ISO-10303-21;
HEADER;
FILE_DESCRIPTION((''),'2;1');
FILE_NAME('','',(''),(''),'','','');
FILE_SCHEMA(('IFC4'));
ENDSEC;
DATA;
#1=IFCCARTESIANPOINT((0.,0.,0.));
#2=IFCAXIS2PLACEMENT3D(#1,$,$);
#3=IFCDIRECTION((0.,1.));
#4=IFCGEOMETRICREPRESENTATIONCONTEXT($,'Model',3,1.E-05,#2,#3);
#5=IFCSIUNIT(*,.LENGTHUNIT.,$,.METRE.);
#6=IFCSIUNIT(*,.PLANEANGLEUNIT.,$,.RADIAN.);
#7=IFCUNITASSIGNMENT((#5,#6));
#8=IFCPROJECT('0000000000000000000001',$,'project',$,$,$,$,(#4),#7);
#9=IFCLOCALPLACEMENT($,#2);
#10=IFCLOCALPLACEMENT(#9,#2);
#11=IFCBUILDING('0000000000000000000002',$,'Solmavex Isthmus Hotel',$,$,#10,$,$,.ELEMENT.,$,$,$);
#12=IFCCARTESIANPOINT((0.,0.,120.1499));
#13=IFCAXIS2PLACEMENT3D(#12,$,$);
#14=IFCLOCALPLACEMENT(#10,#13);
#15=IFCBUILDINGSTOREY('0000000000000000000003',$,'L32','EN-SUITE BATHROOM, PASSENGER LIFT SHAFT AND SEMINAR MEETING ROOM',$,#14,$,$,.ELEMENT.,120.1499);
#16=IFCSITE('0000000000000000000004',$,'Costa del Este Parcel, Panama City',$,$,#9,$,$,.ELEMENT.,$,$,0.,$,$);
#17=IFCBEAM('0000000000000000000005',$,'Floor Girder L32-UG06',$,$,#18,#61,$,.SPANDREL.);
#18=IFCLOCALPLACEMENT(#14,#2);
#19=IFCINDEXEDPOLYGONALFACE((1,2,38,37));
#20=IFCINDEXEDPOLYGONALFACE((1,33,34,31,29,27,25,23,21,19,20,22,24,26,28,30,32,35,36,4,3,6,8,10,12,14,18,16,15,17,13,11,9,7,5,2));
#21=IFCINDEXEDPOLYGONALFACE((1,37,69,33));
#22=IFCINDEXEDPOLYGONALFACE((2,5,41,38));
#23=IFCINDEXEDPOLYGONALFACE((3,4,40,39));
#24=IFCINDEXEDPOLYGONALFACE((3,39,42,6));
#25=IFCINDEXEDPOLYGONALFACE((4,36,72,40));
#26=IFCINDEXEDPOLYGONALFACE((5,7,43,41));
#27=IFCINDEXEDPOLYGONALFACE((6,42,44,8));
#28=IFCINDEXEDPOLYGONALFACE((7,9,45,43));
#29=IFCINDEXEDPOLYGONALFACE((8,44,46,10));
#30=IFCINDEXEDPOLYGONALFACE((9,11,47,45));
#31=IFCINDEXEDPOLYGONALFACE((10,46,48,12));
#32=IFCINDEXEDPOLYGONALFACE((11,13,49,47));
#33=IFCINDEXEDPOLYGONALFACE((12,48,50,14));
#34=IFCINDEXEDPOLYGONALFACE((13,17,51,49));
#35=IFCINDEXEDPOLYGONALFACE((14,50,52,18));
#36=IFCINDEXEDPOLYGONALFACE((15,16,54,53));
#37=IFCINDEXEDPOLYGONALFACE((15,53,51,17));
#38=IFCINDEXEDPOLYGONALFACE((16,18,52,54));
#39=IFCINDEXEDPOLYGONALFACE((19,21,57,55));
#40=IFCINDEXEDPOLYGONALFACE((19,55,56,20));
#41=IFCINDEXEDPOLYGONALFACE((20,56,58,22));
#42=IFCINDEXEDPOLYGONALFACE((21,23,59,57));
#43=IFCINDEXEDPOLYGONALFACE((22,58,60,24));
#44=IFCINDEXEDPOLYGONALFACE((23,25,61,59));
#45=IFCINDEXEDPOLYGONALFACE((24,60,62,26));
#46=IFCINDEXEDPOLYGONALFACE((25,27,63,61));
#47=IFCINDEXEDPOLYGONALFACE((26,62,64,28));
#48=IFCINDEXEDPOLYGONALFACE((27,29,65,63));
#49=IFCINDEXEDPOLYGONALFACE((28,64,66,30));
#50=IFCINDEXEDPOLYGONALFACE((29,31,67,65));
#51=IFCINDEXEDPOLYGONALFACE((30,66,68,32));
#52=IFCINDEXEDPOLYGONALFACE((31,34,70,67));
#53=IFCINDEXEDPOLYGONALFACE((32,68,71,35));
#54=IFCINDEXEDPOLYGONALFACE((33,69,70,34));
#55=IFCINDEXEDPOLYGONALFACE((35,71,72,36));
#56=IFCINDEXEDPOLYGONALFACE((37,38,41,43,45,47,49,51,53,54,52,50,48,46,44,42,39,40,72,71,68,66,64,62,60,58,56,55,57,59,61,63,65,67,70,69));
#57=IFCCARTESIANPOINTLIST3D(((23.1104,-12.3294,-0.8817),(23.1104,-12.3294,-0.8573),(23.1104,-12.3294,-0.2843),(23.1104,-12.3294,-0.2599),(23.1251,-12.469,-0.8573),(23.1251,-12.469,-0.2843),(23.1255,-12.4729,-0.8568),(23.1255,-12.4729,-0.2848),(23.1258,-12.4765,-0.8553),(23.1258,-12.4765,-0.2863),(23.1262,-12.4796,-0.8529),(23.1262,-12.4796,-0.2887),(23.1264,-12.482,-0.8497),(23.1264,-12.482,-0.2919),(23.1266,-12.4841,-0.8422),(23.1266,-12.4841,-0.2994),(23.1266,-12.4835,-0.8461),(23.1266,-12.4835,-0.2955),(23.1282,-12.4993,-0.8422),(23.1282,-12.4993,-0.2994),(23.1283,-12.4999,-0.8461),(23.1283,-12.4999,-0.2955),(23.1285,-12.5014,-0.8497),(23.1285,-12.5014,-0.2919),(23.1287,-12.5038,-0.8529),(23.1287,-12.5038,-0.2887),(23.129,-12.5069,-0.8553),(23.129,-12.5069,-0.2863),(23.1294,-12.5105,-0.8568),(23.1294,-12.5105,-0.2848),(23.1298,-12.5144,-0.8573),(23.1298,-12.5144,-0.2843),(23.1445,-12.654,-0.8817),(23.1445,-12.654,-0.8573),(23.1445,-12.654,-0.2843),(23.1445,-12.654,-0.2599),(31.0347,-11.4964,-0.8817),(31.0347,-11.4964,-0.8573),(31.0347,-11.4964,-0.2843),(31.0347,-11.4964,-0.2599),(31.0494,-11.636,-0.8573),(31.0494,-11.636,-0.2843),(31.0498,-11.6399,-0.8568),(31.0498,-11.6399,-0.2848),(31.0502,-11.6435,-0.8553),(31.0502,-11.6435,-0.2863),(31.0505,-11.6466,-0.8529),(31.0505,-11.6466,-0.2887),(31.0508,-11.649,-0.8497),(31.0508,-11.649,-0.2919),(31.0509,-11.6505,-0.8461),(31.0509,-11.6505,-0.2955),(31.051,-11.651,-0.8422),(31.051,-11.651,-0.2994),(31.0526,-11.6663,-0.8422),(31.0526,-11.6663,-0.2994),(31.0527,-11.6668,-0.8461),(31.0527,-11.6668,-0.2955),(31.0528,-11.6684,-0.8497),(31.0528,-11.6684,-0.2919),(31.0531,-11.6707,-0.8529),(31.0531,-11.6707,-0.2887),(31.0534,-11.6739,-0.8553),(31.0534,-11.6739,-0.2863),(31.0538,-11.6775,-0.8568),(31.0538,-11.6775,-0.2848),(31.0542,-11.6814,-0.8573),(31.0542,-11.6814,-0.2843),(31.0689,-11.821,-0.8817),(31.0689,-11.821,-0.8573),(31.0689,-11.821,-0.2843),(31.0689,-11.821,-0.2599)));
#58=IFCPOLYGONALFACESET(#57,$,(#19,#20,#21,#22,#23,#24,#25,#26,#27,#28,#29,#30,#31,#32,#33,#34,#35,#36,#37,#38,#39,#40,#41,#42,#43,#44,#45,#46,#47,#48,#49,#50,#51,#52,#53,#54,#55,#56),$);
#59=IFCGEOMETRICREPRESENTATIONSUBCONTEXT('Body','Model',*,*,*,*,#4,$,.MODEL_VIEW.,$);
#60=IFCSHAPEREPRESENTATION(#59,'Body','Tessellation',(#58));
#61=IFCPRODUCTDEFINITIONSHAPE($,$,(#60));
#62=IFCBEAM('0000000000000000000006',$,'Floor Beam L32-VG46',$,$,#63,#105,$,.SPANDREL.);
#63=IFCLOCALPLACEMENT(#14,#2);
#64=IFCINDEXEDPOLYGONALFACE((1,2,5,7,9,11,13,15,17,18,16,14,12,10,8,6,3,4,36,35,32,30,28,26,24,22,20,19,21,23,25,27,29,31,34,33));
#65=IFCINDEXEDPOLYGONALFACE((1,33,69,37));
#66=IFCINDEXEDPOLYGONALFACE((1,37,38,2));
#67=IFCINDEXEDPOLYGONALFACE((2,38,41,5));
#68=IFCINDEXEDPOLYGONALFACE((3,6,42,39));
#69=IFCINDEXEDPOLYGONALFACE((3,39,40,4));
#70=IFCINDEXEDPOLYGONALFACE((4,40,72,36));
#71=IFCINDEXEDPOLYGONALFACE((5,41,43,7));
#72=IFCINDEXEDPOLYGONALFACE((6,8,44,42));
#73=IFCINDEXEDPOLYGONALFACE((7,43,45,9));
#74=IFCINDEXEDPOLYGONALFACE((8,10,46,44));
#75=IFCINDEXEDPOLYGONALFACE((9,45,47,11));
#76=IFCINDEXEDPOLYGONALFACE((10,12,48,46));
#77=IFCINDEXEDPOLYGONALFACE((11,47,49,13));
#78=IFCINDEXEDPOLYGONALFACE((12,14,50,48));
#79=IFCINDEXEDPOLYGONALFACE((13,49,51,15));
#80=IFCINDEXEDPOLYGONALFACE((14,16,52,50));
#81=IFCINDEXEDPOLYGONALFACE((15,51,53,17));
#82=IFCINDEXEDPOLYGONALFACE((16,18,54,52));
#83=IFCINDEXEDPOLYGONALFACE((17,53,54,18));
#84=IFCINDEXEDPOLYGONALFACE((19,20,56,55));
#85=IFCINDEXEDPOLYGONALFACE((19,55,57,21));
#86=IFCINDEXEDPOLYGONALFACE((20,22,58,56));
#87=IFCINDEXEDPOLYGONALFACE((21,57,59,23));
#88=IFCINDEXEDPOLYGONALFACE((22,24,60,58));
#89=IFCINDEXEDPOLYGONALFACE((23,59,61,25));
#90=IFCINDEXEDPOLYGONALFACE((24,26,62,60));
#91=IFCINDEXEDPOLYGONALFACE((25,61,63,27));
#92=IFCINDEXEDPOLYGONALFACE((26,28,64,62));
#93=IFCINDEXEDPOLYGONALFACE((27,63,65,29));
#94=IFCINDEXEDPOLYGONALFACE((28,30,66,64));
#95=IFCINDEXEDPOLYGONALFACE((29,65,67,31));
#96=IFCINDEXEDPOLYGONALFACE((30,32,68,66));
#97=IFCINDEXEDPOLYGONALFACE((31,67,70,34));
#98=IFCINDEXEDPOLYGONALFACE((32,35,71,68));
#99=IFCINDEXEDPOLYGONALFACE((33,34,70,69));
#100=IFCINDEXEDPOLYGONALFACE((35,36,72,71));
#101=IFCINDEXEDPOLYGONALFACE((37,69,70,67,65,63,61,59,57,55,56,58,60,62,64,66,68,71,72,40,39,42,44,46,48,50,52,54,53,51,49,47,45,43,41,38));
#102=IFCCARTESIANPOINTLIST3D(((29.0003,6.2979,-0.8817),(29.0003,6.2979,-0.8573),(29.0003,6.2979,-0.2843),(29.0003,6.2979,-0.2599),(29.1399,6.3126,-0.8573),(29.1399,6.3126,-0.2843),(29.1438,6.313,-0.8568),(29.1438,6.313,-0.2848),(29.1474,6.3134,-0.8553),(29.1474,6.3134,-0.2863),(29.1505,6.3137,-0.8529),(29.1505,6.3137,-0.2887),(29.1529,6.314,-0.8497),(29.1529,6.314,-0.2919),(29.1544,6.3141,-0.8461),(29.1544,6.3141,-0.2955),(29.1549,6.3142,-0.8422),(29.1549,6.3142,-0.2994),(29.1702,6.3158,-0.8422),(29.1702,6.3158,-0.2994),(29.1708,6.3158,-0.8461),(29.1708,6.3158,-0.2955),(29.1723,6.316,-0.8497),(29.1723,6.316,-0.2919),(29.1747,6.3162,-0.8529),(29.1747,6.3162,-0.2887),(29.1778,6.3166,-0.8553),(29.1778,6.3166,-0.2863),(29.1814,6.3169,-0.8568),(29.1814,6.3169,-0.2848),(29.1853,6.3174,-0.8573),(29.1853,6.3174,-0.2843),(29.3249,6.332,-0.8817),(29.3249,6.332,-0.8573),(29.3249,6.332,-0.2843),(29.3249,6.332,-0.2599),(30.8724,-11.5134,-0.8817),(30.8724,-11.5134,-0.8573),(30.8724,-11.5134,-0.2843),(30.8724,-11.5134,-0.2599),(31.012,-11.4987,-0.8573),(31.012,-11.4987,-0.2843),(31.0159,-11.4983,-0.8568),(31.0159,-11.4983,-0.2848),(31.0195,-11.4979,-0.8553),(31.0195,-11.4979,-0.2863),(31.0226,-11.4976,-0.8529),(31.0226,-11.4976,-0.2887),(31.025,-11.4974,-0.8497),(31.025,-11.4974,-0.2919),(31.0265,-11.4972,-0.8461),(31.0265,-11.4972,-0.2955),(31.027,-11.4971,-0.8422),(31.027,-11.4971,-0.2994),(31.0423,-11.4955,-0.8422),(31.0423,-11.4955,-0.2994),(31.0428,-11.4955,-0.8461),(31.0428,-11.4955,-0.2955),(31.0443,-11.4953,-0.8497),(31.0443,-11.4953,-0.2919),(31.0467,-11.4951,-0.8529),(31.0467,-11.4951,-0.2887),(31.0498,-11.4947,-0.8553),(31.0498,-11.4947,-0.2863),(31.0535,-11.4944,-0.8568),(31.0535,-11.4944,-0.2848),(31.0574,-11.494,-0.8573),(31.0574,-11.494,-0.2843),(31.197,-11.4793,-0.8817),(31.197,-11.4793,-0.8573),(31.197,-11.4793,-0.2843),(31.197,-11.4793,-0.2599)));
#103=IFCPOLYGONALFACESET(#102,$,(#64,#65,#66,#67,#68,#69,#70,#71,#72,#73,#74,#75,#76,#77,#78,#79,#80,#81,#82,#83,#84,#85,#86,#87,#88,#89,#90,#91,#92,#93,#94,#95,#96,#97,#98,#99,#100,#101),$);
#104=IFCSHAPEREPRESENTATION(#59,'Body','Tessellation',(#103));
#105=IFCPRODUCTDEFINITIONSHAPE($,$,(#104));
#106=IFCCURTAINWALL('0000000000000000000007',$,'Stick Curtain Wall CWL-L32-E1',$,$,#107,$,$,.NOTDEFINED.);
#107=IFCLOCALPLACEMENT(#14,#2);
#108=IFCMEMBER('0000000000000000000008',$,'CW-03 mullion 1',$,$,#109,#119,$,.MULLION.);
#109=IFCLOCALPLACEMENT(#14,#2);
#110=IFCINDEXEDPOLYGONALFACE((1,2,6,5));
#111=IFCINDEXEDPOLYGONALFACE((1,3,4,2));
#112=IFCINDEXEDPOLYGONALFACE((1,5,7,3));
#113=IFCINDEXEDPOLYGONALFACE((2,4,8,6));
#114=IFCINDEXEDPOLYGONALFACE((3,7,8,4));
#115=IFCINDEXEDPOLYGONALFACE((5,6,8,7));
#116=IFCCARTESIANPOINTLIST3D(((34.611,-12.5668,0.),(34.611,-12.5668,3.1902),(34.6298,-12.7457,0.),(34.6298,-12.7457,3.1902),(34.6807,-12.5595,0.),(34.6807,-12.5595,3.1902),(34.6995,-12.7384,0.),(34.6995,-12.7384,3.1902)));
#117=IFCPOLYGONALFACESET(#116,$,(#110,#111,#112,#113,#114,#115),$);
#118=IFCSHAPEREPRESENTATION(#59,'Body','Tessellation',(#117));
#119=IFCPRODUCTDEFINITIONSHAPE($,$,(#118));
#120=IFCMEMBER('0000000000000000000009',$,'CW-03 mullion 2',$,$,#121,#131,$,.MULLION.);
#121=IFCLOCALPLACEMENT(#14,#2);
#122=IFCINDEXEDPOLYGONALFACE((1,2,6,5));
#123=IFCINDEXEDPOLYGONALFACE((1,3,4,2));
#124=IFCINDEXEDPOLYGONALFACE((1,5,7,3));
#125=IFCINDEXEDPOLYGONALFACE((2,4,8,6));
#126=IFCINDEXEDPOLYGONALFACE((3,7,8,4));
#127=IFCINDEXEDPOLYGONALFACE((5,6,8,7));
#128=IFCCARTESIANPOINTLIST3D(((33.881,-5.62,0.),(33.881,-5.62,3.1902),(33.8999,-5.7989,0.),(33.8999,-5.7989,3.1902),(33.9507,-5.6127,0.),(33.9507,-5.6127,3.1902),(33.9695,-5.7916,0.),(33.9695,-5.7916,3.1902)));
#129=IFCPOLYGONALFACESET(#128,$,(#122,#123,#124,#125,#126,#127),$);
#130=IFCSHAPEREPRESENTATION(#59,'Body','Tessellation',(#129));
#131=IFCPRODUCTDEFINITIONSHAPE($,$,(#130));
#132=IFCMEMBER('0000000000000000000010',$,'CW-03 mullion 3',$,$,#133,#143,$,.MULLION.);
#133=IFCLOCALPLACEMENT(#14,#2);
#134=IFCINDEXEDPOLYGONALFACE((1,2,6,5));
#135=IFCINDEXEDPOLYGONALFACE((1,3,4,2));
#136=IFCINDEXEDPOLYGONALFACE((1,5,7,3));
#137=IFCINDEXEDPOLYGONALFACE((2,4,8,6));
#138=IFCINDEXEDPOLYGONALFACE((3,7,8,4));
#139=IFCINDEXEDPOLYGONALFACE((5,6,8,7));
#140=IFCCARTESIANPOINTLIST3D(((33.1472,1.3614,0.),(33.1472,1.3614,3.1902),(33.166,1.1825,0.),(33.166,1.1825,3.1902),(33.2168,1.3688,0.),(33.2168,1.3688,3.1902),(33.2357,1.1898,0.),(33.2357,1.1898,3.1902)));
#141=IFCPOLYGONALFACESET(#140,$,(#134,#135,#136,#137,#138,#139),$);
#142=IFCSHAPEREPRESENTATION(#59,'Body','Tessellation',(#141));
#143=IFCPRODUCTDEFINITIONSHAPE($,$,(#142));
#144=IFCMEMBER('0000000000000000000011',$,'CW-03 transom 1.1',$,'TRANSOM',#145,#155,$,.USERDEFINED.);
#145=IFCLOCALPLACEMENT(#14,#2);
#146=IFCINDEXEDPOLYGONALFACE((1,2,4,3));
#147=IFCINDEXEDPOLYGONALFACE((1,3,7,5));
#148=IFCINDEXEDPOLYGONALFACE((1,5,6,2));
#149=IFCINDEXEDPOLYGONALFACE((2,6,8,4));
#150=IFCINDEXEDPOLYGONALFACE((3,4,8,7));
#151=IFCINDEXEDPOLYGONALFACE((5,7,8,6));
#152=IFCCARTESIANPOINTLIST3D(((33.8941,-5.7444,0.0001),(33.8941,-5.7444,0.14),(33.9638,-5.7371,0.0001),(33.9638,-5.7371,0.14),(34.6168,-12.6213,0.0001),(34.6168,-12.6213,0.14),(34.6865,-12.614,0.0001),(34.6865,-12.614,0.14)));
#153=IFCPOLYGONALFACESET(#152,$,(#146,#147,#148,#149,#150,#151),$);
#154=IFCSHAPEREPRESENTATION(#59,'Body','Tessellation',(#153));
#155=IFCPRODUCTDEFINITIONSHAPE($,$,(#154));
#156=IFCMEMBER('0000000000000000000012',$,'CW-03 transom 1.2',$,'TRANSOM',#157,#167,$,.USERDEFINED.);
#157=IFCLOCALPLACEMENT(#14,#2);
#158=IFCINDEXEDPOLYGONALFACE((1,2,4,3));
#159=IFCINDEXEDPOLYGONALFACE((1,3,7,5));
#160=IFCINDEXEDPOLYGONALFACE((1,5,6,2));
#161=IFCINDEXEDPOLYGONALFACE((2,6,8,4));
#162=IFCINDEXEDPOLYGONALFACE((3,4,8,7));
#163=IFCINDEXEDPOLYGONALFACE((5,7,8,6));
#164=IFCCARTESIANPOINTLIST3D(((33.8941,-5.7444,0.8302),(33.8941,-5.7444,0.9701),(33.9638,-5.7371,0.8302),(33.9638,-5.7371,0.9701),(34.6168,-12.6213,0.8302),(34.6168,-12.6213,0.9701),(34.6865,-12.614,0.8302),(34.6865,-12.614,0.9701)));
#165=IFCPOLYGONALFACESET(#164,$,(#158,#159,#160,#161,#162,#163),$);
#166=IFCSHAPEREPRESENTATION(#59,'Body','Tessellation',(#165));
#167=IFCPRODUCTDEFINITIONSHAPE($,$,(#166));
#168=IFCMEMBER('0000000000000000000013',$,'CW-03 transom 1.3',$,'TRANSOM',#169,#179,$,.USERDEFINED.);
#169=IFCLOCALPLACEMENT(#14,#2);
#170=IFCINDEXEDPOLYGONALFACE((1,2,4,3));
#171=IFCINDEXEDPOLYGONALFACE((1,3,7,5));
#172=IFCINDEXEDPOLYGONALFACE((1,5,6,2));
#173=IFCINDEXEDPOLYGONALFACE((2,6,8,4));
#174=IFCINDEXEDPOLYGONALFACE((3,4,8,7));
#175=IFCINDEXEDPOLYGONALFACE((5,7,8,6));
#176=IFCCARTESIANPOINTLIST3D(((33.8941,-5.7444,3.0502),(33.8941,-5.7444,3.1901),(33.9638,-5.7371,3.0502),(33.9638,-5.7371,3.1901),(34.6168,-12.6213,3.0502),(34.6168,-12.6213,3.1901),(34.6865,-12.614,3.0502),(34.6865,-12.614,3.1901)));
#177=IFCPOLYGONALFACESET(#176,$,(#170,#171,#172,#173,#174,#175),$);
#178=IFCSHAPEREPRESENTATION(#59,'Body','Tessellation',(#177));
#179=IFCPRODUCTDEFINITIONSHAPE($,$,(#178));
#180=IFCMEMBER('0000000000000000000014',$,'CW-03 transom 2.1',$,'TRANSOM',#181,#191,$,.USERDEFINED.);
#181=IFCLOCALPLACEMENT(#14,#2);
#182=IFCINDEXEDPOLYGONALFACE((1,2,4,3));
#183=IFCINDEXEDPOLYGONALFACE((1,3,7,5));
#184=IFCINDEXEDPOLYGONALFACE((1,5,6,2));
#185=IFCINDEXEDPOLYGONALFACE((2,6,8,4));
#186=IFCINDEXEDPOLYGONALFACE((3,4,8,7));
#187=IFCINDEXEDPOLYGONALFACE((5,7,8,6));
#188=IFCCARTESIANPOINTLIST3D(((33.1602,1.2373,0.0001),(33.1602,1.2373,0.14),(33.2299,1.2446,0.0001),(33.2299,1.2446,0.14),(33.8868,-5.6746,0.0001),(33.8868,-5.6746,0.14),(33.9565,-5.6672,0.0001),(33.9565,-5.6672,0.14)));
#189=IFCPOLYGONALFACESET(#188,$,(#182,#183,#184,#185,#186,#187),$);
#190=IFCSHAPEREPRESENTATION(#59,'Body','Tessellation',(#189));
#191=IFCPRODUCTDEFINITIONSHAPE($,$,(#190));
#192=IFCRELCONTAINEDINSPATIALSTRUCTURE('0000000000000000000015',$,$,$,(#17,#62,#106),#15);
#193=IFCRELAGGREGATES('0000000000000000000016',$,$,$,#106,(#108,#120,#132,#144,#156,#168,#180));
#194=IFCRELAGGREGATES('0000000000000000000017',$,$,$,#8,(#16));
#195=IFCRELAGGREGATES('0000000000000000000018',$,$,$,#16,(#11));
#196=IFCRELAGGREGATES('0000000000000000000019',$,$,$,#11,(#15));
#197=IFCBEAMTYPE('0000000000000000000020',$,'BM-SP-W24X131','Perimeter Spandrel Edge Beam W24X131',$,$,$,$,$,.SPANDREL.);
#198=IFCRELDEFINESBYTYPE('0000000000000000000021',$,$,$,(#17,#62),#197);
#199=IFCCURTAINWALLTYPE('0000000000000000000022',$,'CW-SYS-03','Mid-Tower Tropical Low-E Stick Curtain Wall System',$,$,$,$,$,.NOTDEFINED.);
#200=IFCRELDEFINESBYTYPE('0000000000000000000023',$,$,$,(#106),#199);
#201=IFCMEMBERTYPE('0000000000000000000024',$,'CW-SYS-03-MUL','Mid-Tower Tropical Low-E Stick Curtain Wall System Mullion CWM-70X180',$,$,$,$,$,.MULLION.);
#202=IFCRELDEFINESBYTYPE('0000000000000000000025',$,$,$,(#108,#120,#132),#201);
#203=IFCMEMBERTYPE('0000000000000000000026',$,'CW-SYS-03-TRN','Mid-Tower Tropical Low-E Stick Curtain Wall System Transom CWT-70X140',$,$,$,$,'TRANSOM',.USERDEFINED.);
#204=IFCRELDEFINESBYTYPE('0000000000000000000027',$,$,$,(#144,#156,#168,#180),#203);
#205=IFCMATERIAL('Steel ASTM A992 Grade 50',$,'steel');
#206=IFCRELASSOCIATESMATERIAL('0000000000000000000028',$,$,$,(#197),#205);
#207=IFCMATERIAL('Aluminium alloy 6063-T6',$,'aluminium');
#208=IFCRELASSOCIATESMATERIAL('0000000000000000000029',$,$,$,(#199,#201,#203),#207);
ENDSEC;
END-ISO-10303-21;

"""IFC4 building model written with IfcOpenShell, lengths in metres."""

from ifc_helpers import new_model, si_unit, direction, frame, origin, origin_2d, place, context, subcontext, project, spatial, rectangle, i_section, extrude, material, material_profile, profile_set, type_object, element, aggregate, save


model = new_model("IFC4")

# Units and contexts
model_context = context("Model", 3, precision=1e-05, world=origin(), true_north=direction((0.0, 1.0)))
body_context = subcontext(model_context, "Body", "Model", "MODEL_VIEW")
ifc_project = project(units=[si_unit("LENGTHUNIT", "METRE"), si_unit("PLANEANGLEUNIT", "RADIAN")], contexts=[model_context])

# Site, building, storey
site_placement = place(None, origin())
site = spatial("IfcSite", under=ifc_project, at=site_placement, Name="Costa del Este Parcel, Panama City", CompositionType="ELEMENT", RefElevation=0.0)
building_placement = place(site_placement, origin())
building = spatial("IfcBuilding", under=site, at=building_placement, Name="Solmavex Isthmus Hotel", CompositionType="ELEMENT")
storey_placement = place(building_placement, frame((0.0, 0.0, 120.1499)))
storey = spatial("IfcBuildingStorey", under=building, at=storey_placement, Name="L32", Description="EN-SUITE BATHROOM, PASSENGER LIFT SHAFT AND SEMINAR MEETING ROOM", CompositionType="ELEMENT", Elevation=120.1499)

# Beams
ifc_material_1 = material(Name="Steel ASTM A992 Grade 50", Category="steel")
ifc_material_profile_1 = material_profile(ifc_material_1, i_section(OverallWidth=0.3264, OverallDepth=0.6218, WebThickness=0.0154, FlangeThickness=0.0244, FilletRadius=0.0151, at=origin_2d()), Name="W24X131")
ifc_profile_set_1 = profile_set([ifc_material_profile_1], Name="Steel ASTM A992 Grade 50")
beam_type_1 = type_object("IfcBeamType", Name="BM-SP-W24X131", Description="Perimeter Spandrel Edge Beam W24X131", PredefinedType="SPANDREL", material=ifc_profile_set_1)
beam_1_placement = place(storey_placement, frame((23.1274, -12.4917, -0.5708), z_axis=(0.99452, 0.104544, 0.0), x_axis=(-0.104544, 0.99452, 0.0)))
element("IfcBeam", 1, at=beam_1_placement, inside=storey, type_object=beam_type_1, Name="Floor Girder L32-UG06", PredefinedType="SPANDREL", context=body_context, shape_type="SweptSolid", body=[
    extrude(i_section(OverallWidth=0.3264, OverallDepth=0.6218, WebThickness=0.0154, FlangeThickness=0.0244, FilletRadius=0.0151, at=origin_2d()), origin(), (0.0, 0.0, 1.0), 7.968),
])
beam_2_placement = place(storey_placement, frame((31.0347, -11.4963, -0.5708), z_axis=(-0.10453, 0.994522, 0.0), x_axis=(-0.994522, -0.10453, 0.0)))
element("IfcBeam", 2, at=beam_2_placement, inside=storey, type_object=beam_type_1, Name="Floor Beam L32-VG46", PredefinedType="SPANDREL", context=body_context, shape_type="SweptSolid", body=[
    extrude(i_section(OverallWidth=0.3264, OverallDepth=0.6218, WebThickness=0.0154, FlangeThickness=0.0244, FilletRadius=0.0151, at=origin_2d()), origin(), (0.0, 0.0, 1.0), 17.9094),
])

# Curtain wall, members
ifc_material_2 = material(Name="Aluminium alloy 6063-T6", Category="aluminium")
curtain_wall_type = type_object("IfcCurtainWallType", Name="CW-SYS-03", Description="Mid-Tower Tropical Low-E Stick Curtain Wall System", PredefinedType="NOTDEFINED", material=ifc_material_2)
curtain_wall_placement = place(storey_placement, origin())
curtain_wall = element("IfcCurtainWall", 3, at=curtain_wall_placement, inside=storey, type_object=curtain_wall_type, Name="Stick Curtain Wall CWL-L32-E1", PredefinedType="NOTDEFINED")
ifc_material_profile_2 = material_profile(ifc_material_2, rectangle(XDim=0.0701, YDim=0.1799, at=origin_2d()), Name="CWM-70X180")
ifc_profile_set_2 = profile_set([ifc_material_profile_2], Name="Aluminium alloy 6063-T6")
member_type_1 = type_object("IfcMemberType", Name="CW-SYS-03-MUL", Description="Mid-Tower Tropical Low-E Stick Curtain Wall System Mullion CWM-70X180", PredefinedType="MULLION", material=ifc_profile_set_2)
member_1_placement = place(storey_placement, frame((34.6553, -12.6526, 0.0), z_axis=(0.0, 0.0, 1.0), x_axis=(-0.994522, -0.104528, 0.0)))
member_1 = element("IfcMember", 4, at=member_1_placement, type_object=member_type_1, Name="CW-03 mullion 1", PredefinedType="MULLION", context=body_context, shape_type="SweptSolid", body=[
    extrude(rectangle(XDim=0.0701, YDim=0.1799, at=origin_2d()), origin(), (0.0, 0.0, 1.0), 3.1902),
])
member_2_placement = place(storey_placement, frame((33.9253, -5.7058, 0.0), z_axis=(0.0, 0.0, 1.0), x_axis=(-0.994522, -0.104528, 0.0)))
member_2 = element("IfcMember", 5, at=member_2_placement, type_object=member_type_1, Name="CW-03 mullion 2", PredefinedType="MULLION", context=body_context, shape_type="SweptSolid", body=[
    extrude(rectangle(XDim=0.0701, YDim=0.1799, at=origin_2d()), origin(), (0.0, 0.0, 1.0), 3.1902),
])
member_3_placement = place(storey_placement, frame((33.1914, 1.2756, 0.0), z_axis=(0.0, 0.0, 1.0), x_axis=(-0.994522, -0.104528, 0.0)))
member_3 = element("IfcMember", 6, at=member_3_placement, type_object=member_type_1, Name="CW-03 mullion 3", PredefinedType="MULLION", context=body_context, shape_type="SweptSolid", body=[
    extrude(rectangle(XDim=0.0701, YDim=0.1799, at=origin_2d()), origin(), (0.0, 0.0, 1.0), 3.1902),
])
ifc_material_profile_3 = material_profile(ifc_material_2, rectangle(XDim=0.0701, YDim=0.1399, at=origin_2d()), Name="CWT-70X140")
ifc_profile_set_3 = profile_set([ifc_material_profile_3], Name="Aluminium alloy 6063-T6")
member_type_2 = type_object("IfcMemberType", Name="CW-SYS-03-TRN", Description="Mid-Tower Tropical Low-E Stick Curtain Wall System Transom CWT-70X140", ElementType="TRANSOM", PredefinedType="USERDEFINED", material=ifc_profile_set_3)
member_4_placement = place(storey_placement, frame((34.6516, -12.6177, 0.0701), z_axis=(-0.104508, 0.994524, 0.0), x_axis=(-0.994524, -0.104508, 0.0)))
member_4 = element("IfcMember", 7, at=member_4_placement, type_object=member_type_2, Name="CW-03 transom 1.1", ObjectType="TRANSOM", PredefinedType="USERDEFINED", context=body_context, shape_type="SweptSolid", body=[
    extrude(rectangle(XDim=0.0701, YDim=0.1399, at=origin_2d()), origin(), (0.0, 0.0, 1.0), 6.9148),
])
member_5_placement = place(storey_placement, frame((34.6516, -12.6177, 0.9001), z_axis=(-0.104508, 0.994524, 0.0), x_axis=(-0.994524, -0.104508, 0.0)))
member_5 = element("IfcMember", 8, at=member_5_placement, type_object=member_type_2, Name="CW-03 transom 1.2", ObjectType="TRANSOM", PredefinedType="USERDEFINED", context=body_context, shape_type="SweptSolid", body=[
    extrude(rectangle(XDim=0.0701, YDim=0.1399, at=origin_2d()), origin(), (0.0, 0.0, 1.0), 6.9148),
])
member_6_placement = place(storey_placement, frame((34.6516, -12.6177, 3.1201), z_axis=(-0.104508, 0.994524, 0.0), x_axis=(-0.994524, -0.104508, 0.0)))
member_6 = element("IfcMember", 9, at=member_6_placement, type_object=member_type_2, Name="CW-03 transom 1.3", ObjectType="TRANSOM", PredefinedType="USERDEFINED", context=body_context, shape_type="SweptSolid", body=[
    extrude(rectangle(XDim=0.0701, YDim=0.1399, at=origin_2d()), origin(), (0.0, 0.0, 1.0), 6.9148),
])
member_7_placement = place(storey_placement, frame((33.9216, -5.6709, 0.0701), z_axis=(-0.104542, 0.99452, 0.0), x_axis=(-0.99452, -0.104542, 0.0)))
member_7 = element("IfcMember", 10, at=member_7_placement, type_object=member_type_2, Name="CW-03 transom 2.1", ObjectType="TRANSOM", PredefinedType="USERDEFINED", context=body_context, shape_type="SweptSolid", body=[
    extrude(rectangle(XDim=0.0701, YDim=0.1399, at=origin_2d()), origin(), (0.0, 0.0, 1.0), 6.95),
])
aggregate(curtain_wall, [member_1, member_2, member_3, member_4, member_5, member_6, member_7])

save(model, "model.ifc")
